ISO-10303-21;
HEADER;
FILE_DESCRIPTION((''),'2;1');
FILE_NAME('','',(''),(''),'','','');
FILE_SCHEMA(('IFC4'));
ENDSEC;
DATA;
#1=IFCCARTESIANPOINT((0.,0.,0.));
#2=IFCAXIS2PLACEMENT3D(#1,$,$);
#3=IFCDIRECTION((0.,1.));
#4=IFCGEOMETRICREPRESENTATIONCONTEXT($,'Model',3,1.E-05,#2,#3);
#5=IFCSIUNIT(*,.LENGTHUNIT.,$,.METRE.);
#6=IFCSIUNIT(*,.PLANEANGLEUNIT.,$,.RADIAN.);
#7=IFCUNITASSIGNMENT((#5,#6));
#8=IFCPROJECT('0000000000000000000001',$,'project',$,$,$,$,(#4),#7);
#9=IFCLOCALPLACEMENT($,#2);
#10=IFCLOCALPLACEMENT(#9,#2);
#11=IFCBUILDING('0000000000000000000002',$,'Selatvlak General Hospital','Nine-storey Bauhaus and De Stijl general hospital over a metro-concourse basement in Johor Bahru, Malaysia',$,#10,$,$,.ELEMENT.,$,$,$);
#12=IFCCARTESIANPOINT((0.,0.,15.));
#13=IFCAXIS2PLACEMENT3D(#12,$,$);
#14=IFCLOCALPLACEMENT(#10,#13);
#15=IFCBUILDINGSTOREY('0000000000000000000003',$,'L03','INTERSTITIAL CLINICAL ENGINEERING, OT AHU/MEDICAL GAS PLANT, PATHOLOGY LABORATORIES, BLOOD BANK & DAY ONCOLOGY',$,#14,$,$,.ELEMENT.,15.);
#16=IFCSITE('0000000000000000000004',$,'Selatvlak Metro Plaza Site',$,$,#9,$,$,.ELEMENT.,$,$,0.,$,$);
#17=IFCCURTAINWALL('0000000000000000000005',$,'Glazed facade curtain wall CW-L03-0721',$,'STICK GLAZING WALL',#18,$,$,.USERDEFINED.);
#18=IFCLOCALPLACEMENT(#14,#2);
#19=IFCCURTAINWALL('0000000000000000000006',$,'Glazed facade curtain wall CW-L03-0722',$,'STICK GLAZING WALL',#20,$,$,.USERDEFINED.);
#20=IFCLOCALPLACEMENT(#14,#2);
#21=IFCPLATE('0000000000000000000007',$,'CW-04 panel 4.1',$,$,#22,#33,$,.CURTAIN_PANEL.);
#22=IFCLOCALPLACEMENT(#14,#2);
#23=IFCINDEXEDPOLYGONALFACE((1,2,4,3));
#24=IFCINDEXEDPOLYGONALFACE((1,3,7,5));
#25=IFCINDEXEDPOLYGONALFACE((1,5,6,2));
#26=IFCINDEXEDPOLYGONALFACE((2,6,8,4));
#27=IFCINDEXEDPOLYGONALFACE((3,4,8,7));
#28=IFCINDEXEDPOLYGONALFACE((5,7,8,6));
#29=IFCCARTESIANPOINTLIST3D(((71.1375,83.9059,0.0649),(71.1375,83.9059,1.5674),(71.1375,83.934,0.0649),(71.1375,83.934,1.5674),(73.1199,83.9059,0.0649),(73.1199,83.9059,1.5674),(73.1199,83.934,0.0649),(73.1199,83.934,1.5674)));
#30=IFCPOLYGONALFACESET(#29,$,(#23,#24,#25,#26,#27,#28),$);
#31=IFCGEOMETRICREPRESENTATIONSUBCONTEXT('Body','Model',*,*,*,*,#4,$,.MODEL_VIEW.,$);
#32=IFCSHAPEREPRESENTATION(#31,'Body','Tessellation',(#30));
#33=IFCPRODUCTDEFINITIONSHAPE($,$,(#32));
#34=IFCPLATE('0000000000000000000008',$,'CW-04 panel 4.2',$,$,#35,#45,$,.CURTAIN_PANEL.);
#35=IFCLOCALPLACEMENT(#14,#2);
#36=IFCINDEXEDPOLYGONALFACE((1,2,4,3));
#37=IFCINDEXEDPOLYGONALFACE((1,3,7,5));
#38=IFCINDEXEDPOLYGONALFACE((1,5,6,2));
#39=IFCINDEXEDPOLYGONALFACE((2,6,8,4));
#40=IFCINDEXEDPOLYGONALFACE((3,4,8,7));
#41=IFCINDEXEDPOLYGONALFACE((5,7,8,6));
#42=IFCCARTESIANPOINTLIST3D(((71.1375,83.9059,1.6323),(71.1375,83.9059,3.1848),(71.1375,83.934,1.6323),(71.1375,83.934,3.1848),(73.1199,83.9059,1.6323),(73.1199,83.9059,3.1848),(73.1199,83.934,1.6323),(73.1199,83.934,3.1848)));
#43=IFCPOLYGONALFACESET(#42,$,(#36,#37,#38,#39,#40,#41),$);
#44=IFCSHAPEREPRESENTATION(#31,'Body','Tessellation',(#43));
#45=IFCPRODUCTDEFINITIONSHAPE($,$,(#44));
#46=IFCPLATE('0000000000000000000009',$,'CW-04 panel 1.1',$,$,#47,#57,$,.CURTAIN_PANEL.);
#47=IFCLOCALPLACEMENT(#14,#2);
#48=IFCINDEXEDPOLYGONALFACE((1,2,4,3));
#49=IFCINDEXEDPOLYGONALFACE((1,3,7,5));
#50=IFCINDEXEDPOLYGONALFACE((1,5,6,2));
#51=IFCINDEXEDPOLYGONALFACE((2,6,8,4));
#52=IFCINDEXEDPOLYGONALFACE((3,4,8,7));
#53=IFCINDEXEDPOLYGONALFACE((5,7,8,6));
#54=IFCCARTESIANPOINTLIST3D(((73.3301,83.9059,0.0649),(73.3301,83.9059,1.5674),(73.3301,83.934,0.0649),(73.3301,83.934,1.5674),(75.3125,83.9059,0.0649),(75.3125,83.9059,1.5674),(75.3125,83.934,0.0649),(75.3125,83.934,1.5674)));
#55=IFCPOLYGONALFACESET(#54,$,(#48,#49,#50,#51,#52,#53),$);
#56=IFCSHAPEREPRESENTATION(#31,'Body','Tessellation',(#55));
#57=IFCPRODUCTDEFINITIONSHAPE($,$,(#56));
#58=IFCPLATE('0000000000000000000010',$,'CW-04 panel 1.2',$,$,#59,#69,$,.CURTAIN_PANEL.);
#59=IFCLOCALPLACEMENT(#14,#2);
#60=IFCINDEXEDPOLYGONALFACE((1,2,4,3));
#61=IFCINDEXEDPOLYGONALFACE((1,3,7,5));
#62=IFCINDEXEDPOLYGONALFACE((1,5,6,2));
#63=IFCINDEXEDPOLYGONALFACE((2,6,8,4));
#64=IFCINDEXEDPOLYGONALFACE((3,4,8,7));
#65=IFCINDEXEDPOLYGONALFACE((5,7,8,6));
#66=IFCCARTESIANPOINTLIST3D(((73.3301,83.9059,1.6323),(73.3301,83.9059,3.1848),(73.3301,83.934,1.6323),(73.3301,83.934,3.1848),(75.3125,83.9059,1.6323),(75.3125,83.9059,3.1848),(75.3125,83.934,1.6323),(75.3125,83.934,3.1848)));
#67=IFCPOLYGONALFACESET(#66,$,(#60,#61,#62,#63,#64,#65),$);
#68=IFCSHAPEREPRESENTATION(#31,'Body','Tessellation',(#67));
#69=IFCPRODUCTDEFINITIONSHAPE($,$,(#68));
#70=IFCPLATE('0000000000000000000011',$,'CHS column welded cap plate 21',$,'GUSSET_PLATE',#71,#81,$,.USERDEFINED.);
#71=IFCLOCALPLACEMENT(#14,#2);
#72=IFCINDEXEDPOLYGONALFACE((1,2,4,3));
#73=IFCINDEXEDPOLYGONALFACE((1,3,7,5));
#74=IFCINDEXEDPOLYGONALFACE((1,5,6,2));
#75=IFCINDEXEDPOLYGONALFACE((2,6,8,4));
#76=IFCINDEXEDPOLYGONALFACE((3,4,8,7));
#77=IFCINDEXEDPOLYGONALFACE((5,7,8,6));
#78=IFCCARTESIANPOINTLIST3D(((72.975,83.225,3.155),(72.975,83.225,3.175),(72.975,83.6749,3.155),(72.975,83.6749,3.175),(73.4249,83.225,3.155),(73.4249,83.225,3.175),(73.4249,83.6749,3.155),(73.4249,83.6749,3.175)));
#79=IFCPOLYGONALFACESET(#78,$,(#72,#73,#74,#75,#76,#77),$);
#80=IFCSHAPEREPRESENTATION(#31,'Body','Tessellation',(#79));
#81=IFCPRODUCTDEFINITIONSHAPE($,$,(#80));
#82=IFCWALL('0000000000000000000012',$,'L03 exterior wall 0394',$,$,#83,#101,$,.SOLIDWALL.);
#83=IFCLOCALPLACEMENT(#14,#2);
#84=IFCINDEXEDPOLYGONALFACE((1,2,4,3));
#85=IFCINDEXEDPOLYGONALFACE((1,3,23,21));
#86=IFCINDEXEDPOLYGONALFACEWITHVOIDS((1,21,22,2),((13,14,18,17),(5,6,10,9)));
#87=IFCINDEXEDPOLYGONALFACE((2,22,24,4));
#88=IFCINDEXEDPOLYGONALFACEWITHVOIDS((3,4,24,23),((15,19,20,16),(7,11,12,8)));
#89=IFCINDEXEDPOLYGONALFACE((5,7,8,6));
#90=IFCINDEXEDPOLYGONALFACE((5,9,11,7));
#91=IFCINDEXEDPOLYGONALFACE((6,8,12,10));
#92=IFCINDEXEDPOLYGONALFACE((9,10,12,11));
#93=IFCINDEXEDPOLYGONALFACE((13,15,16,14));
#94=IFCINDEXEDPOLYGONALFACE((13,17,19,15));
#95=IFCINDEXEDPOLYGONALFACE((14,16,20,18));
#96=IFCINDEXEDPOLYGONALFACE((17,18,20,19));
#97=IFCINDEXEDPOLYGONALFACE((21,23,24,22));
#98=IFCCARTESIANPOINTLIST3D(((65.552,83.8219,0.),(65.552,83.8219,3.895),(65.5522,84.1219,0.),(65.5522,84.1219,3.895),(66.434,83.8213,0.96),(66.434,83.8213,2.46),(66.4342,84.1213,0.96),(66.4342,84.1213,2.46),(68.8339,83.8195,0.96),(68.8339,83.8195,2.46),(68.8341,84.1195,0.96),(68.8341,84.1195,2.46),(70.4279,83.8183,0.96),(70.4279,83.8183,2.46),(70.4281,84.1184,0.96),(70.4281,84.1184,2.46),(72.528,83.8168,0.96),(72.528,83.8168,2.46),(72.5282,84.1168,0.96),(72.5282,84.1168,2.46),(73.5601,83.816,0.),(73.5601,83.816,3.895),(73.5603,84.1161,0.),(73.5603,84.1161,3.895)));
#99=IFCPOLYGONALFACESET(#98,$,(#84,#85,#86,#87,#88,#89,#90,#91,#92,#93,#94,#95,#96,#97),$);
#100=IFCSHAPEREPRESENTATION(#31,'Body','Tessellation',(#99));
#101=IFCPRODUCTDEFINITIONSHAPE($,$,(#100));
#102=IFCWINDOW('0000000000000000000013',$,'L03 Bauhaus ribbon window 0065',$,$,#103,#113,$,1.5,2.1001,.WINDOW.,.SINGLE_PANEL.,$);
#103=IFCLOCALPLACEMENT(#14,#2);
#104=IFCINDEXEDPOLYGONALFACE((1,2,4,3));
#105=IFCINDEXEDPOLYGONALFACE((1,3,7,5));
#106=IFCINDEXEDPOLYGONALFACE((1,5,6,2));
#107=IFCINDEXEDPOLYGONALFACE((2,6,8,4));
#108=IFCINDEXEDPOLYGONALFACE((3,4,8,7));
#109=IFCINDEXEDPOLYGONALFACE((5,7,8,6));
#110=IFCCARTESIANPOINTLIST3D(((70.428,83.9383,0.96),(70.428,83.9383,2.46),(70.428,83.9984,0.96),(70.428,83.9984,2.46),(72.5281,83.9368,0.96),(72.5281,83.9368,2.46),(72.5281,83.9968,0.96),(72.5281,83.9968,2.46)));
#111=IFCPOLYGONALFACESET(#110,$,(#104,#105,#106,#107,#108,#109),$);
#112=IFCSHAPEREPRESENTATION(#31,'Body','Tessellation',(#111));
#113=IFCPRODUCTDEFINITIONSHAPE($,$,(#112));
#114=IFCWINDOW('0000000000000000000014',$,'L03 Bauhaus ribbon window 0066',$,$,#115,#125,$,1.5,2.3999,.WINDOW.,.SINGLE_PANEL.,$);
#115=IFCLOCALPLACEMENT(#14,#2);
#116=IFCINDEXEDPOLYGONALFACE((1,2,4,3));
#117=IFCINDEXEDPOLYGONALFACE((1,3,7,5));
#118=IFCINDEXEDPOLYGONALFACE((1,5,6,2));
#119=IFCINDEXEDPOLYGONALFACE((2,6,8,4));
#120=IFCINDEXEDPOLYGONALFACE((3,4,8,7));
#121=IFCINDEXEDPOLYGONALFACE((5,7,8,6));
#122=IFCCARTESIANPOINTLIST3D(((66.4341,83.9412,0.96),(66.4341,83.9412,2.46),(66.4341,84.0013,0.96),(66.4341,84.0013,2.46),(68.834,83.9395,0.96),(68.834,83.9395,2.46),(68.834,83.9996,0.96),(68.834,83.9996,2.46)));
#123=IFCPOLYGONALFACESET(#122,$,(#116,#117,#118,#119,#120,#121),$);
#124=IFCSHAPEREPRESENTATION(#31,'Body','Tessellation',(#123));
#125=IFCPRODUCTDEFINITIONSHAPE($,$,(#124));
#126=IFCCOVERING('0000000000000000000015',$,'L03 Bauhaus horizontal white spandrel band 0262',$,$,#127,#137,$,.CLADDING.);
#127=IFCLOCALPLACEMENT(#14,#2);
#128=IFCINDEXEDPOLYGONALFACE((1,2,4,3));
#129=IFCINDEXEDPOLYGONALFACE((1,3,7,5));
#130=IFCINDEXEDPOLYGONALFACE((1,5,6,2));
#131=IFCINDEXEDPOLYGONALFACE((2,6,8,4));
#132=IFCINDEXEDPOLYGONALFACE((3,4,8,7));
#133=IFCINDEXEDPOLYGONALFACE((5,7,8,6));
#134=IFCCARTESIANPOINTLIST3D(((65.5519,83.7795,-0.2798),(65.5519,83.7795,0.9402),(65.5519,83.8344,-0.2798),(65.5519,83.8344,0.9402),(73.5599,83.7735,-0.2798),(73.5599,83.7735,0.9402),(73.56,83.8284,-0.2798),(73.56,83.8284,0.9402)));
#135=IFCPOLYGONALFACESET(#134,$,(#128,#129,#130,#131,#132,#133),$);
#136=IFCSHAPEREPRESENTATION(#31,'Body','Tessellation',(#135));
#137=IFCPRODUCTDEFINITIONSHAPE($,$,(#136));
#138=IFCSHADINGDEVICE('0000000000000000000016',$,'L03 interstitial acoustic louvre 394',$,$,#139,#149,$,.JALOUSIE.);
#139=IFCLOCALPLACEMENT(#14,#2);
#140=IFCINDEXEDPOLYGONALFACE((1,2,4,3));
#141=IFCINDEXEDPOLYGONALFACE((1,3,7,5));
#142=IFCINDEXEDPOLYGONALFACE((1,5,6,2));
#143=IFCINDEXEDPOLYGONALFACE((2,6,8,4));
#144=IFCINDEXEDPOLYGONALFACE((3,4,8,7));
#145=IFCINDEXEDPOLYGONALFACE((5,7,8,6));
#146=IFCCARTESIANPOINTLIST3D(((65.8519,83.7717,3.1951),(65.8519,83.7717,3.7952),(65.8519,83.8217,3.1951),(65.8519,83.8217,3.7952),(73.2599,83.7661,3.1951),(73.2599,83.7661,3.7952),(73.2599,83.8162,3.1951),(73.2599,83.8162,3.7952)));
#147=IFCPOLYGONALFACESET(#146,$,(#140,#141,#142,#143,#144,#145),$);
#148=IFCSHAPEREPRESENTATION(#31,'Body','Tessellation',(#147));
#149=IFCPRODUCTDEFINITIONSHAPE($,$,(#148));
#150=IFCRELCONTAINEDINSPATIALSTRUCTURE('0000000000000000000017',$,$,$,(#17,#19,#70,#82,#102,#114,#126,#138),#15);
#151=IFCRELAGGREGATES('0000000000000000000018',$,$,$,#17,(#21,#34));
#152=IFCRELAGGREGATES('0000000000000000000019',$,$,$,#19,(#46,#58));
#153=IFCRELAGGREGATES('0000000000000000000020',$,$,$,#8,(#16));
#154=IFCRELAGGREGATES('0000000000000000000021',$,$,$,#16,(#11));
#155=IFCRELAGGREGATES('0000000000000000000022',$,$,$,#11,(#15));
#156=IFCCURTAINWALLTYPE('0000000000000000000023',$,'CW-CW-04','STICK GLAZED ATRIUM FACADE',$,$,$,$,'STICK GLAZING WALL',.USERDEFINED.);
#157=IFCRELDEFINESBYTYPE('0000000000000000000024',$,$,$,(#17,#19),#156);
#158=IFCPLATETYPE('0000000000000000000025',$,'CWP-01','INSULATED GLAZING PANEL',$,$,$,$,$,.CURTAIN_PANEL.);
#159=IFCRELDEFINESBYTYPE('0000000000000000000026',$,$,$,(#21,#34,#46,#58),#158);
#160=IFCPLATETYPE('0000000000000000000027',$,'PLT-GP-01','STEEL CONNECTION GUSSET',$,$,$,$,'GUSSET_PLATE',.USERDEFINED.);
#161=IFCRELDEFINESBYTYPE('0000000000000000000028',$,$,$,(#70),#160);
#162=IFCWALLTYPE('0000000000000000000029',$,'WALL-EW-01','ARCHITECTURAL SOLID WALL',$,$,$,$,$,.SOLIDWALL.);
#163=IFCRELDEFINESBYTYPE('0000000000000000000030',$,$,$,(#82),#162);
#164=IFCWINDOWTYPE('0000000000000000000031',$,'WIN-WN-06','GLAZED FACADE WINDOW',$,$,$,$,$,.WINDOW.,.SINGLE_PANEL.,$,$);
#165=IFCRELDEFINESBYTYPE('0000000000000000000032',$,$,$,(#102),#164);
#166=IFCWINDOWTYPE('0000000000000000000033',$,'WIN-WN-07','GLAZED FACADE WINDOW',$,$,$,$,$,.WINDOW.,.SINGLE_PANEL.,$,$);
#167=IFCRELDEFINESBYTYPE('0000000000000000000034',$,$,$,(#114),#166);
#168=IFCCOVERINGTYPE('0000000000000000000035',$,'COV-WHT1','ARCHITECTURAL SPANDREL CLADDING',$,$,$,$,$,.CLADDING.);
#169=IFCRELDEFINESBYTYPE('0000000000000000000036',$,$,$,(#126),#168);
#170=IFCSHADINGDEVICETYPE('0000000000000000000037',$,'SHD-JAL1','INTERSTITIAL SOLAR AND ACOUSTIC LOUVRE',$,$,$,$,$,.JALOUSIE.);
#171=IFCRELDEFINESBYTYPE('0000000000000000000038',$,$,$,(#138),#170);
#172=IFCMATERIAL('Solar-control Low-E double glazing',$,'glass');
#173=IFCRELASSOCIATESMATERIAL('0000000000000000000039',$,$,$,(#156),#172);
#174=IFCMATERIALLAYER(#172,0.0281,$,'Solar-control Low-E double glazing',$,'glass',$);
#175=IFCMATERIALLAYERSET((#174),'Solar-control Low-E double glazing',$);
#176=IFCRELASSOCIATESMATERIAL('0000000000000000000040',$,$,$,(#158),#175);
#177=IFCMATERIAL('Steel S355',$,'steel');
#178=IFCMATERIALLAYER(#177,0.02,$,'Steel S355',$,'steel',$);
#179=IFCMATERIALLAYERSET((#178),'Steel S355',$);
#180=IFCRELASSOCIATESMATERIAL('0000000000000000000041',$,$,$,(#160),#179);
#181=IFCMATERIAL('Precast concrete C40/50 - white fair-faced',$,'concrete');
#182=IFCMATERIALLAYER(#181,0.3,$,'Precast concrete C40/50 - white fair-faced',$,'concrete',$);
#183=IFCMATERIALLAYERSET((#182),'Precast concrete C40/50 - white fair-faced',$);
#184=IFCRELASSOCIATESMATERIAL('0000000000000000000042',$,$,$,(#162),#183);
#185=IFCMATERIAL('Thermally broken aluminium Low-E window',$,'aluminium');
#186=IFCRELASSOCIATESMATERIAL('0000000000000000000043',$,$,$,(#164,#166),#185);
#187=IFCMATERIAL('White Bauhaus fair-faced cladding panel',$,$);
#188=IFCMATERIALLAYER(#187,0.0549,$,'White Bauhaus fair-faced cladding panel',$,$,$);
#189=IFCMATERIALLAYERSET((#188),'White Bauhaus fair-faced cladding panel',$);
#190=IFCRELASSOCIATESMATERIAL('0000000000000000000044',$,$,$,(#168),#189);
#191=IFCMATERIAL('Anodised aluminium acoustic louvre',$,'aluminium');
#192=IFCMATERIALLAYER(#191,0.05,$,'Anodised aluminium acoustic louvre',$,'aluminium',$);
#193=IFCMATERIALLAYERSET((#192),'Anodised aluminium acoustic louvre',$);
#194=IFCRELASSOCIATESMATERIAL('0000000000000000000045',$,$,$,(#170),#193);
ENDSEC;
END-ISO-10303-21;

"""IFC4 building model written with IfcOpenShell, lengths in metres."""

from ifc_helpers import new_model, si_unit, direction, frame, frame_2d, origin, origin_2d, place, context, subcontext, project, spatial, rectangle, extrude, material, layer, layer_set, type_object, element, fill, aggregate, save


model = new_model("IFC4")

# Units and contexts
model_context = context("Model", 3, precision=1e-05, world=origin(), true_north=direction((0.0, 1.0)))
body_context = subcontext(model_context, "Body", "Model", "MODEL_VIEW")
ifc_project = project(units=[si_unit("LENGTHUNIT", "METRE"), si_unit("PLANEANGLEUNIT", "RADIAN")], contexts=[model_context])

# Site, building, storey
site_placement = place(None, origin())
site = spatial("IfcSite", under=ifc_project, at=site_placement, Name="Selatvlak Metro Plaza Site", CompositionType="ELEMENT", RefElevation=0.0)
building_placement = place(site_placement, origin())
building = spatial("IfcBuilding", under=site, at=building_placement, Name="Selatvlak General Hospital", Description="Nine-storey Bauhaus and De Stijl general hospital over a metro-concourse basement in Johor Bahru, Malaysia", CompositionType="ELEMENT")
storey_placement = place(building_placement, frame((0.0, 0.0, 15.0)))
storey = spatial("IfcBuildingStorey", under=building, at=storey_placement, Name="L03", Description="INTERSTITIAL CLINICAL ENGINEERING, OT AHU/MEDICAL GAS PLANT, PATHOLOGY LABORATORIES, BLOOD BANK & DAY ONCOLOGY", CompositionType="ELEMENT", Elevation=15.0)

# Shared definitions
ifc_material_1 = material(Name="Steel S355", Category="steel")

# Curtain walls
ifc_material_2 = material(Name="Solar-control Low-E double glazing", Category="glass")
curtain_wall_type = type_object("IfcCurtainWallType", Name="CW-CW-04", Description="STICK GLAZED ATRIUM FACADE", ElementType="STICK GLAZING WALL", PredefinedType="USERDEFINED", material=ifc_material_2)
curtain_wall_1_placement = place(storey_placement, origin())
curtain_wall_1 = element("IfcCurtainWall", 1, at=curtain_wall_1_placement, inside=storey, type_object=curtain_wall_type, Name="Glazed facade curtain wall CW-L03-0721", ObjectType="STICK GLAZING WALL", PredefinedType="USERDEFINED")
curtain_wall_2_placement = place(storey_placement, origin())
curtain_wall_2 = element("IfcCurtainWall", 2, at=curtain_wall_2_placement, inside=storey, type_object=curtain_wall_type, Name="Glazed facade curtain wall CW-L03-0722", ObjectType="STICK GLAZING WALL", PredefinedType="USERDEFINED")

# Plates
ifc_layer_1 = layer(ifc_material_2, 0.0281, Name="Solar-control Low-E double glazing", Category="glass")
ifc_layer_set_1 = layer_set([ifc_layer_1], Name="Solar-control Low-E double glazing")
plate_type_1 = type_object("IfcPlateType", Name="CWP-01", Description="INSULATED GLAZING PANEL", PredefinedType="CURTAIN_PANEL", material=ifc_layer_set_1)
plate_1_placement = place(storey_placement, frame((72.1287, 83.9199, 0.0649), z_axis=(0.0, 0.0, 1.0), x_axis=(1.0, 0.0, 0.0)))
plate_1 = element("IfcPlate", 3, at=plate_1_placement, type_object=plate_type_1, Name="CW-04 panel 4.1", PredefinedType="CURTAIN_PANEL", context=body_context, shape_type="SweptSolid", body=[
    extrude(rectangle(XDim=1.9824, YDim=0.0281, at=origin_2d()), origin(), (0.0, 0.0, 1.0), 1.5024),
])
plate_2_placement = place(storey_placement, frame((72.1287, 83.9199, 1.6323), z_axis=(0.0, 0.0, 1.0), x_axis=(1.0, 0.0, 0.0)))
plate_2 = element("IfcPlate", 4, at=plate_2_placement, type_object=plate_type_1, Name="CW-04 panel 4.2", PredefinedType="CURTAIN_PANEL", context=body_context, shape_type="SweptSolid", body=[
    extrude(rectangle(XDim=1.9824, YDim=0.0281, at=origin_2d()), origin(), (0.0, 0.0, 1.0), 1.5525),
])
aggregate(curtain_wall_1, [plate_1, plate_2])
plate_3_placement = place(storey_placement, frame((74.3213, 83.9199, 0.0649), z_axis=(0.0, 0.0, 1.0), x_axis=(1.0, 0.0, 0.0)))
plate_3 = element("IfcPlate", 5, at=plate_3_placement, type_object=plate_type_1, Name="CW-04 panel 1.1", PredefinedType="CURTAIN_PANEL", context=body_context, shape_type="SweptSolid", body=[
    extrude(rectangle(XDim=1.9824, YDim=0.0281, at=origin_2d()), origin(), (0.0, 0.0, 1.0), 1.5024),
])
plate_4_placement = place(storey_placement, frame((74.3213, 83.9199, 1.6323), z_axis=(0.0, 0.0, 1.0), x_axis=(1.0, 0.0, 0.0)))
plate_4 = element("IfcPlate", 6, at=plate_4_placement, type_object=plate_type_1, Name="CW-04 panel 1.2", PredefinedType="CURTAIN_PANEL", context=body_context, shape_type="SweptSolid", body=[
    extrude(rectangle(XDim=1.9824, YDim=0.0281, at=origin_2d()), origin(), (0.0, 0.0, 1.0), 1.5525),
])
aggregate(curtain_wall_2, [plate_3, plate_4])
ifc_layer_2 = layer(ifc_material_1, 0.02, Name="Steel S355", Category="steel")
ifc_layer_set_2 = layer_set([ifc_layer_2], Name="Steel S355")
plate_type_2 = type_object("IfcPlateType", Name="PLT-GP-01", Description="STEEL CONNECTION GUSSET", ElementType="GUSSET_PLATE", PredefinedType="USERDEFINED", material=ifc_layer_set_2)
plate_5_placement = place(storey_placement, frame((73.2, 83.45, 3.155), z_axis=(0.0, 0.0, 1.0), x_axis=(1.0, 0.0, 0.0)))
element("IfcPlate", 7, at=plate_5_placement, inside=storey, type_object=plate_type_2, Name="CHS column welded cap plate 21", ObjectType="GUSSET_PLATE", PredefinedType="USERDEFINED", context=body_context, shape_type="SweptSolid", body=[
    extrude(rectangle(XDim=0.45, YDim=0.45, at=origin_2d()), origin(), (0.0, 0.0, 1.0), 0.02),
])

# Wall, openings, windows
ifc_material_3 = material(Name="Precast concrete C40/50 - white fair-faced", Category="concrete")
ifc_layer_3 = layer(ifc_material_3, 0.3, Name="Precast concrete C40/50 - white fair-faced", Category="concrete")
ifc_layer_set_3 = layer_set([ifc_layer_3], Name="Precast concrete C40/50 - white fair-faced")
wall_type = type_object("IfcWallType", Name="WALL-EW-01", Description="ARCHITECTURAL SOLID WALL", PredefinedType="SOLIDWALL", material=ifc_layer_set_3)
wall_placement = place(storey_placement, frame((73.5601, 83.9661, 0.0), z_axis=(0.0, 0.0, 1.0), x_axis=(-1.0, 0.000732, 0.0)))
wall = element("IfcWall", 8, at=wall_placement, inside=storey, type_object=wall_type, Name="L03 exterior wall 0394", PredefinedType="SOLIDWALL", context=body_context, shape_type="SweptSolid", body=[
    extrude(rectangle(XDim=8.0081, YDim=0.3, at=frame_2d((4.0039, 0.0))), origin(), (0.0, 0.0, 1.0), 3.895),
])
opening_1_placement = place(wall_placement, frame((1.032, 0.0, 0.96)))
opening_1 = element("IfcOpeningElement", 9, at=opening_1_placement, cuts=wall, PredefinedType="OPENING", context=body_context, shape_type="SweptSolid", body=[
    extrude(rectangle(XDim=2.1001, YDim=1.5, at=frame_2d((1.05, 0.75))), frame((0.0, 0.1599, 0.0), z_axis=(0.0, -1.0, 0.0), x_axis=(1.0, 0.0, 0.0)), (0.0, 0.0, 1.0), 0.3201),
])
opening_2_placement = place(wall_placement, frame((4.7261, 0.0, 0.96)))
opening_2 = element("IfcOpeningElement", 10, at=opening_2_placement, cuts=wall, PredefinedType="OPENING", context=body_context, shape_type="SweptSolid", body=[
    extrude(rectangle(XDim=2.3999, YDim=1.5, at=frame_2d((1.2, 0.75))), frame((0.0, 0.1599, 0.0), z_axis=(0.0, -1.0, 0.0), x_axis=(1.0, 0.0, 0.0)), (0.0, 0.0, 1.0), 0.3201),
])
ifc_material_4 = material(Name="Thermally broken aluminium Low-E window", Category="aluminium")
window_type_1 = type_object("IfcWindowType", Name="WIN-WN-06", Description="GLAZED FACADE WINDOW", PartitioningType="SINGLE_PANEL", PredefinedType="WINDOW", material=ifc_material_4)
window_1_placement = place(opening_1_placement, origin())
window_1 = element("IfcWindow", 11, at=window_1_placement, inside=storey, type_object=window_type_1, Name="L03 Bauhaus ribbon window 0065", OverallHeight=1.5, OverallWidth=2.1001, PartitioningType="SINGLE_PANEL", PredefinedType="WINDOW", context=body_context, shape_type="SweptSolid", body=[
    extrude(rectangle(XDim=2.1001, YDim=1.5, at=frame_2d((1.05, 0.75))), frame((0.0, 0.03, 0.0), z_axis=(0.0, -1.0, 0.0), x_axis=(1.0, 0.0, 0.0)), (0.0, 0.0, 1.0), 0.0601),
])
fill(opening_1, window_1)
window_type_2 = type_object("IfcWindowType", Name="WIN-WN-07", Description="GLAZED FACADE WINDOW", PartitioningType="SINGLE_PANEL", PredefinedType="WINDOW", material=ifc_material_4)
window_2_placement = place(opening_2_placement, origin())
window_2 = element("IfcWindow", 12, at=window_2_placement, inside=storey, type_object=window_type_2, Name="L03 Bauhaus ribbon window 0066", OverallHeight=1.5, OverallWidth=2.3999, PartitioningType="SINGLE_PANEL", PredefinedType="WINDOW", context=body_context, shape_type="SweptSolid", body=[
    extrude(rectangle(XDim=2.3999, YDim=1.5, at=frame_2d((1.2, 0.75))), frame((0.0, 0.03, 0.0), z_axis=(0.0, -1.0, 0.0), x_axis=(1.0, 0.0, 0.0)), (0.0, 0.0, 1.0), 0.0601),
])
fill(opening_2, window_2)

# Covering
ifc_material_5 = material(Name="White Bauhaus fair-faced cladding panel")
ifc_layer_4 = layer(ifc_material_5, 0.0549, Name="White Bauhaus fair-faced cladding panel")
ifc_layer_set_4 = layer_set([ifc_layer_4], Name="White Bauhaus fair-faced cladding panel")
covering_type = type_object("IfcCoveringType", Name="COV-WHT1", Description="ARCHITECTURAL SPANDREL CLADDING", PredefinedType="CLADDING", material=ifc_layer_set_4)
covering_placement = place(storey_placement, frame((69.5559, 83.804, -0.2798), z_axis=(0.0, 0.0, 1.0), x_axis=(-1.0, 0.00075, 0.0)))
element("IfcCovering", 13, at=covering_placement, inside=storey, type_object=covering_type, Name="L03 Bauhaus horizontal white spandrel band 0262", PredefinedType="CLADDING", context=body_context, shape_type="SweptSolid", body=[
    extrude(rectangle(XDim=8.0081, YDim=0.0549, at=origin_2d()), origin(), (0.0, 0.0, 1.0), 1.22),
])

# Shading device
ifc_material_6 = material(Name="Anodised aluminium acoustic louvre", Category="aluminium")
ifc_layer_5 = layer(ifc_material_6, 0.05, Name="Anodised aluminium acoustic louvre", Category="aluminium")
ifc_layer_set_5 = layer_set([ifc_layer_5], Name="Anodised aluminium acoustic louvre")
shading_device_type = type_object("IfcShadingDeviceType", Name="SHD-JAL1", Description="INTERSTITIAL SOLAR AND ACOUSTIC LOUVRE", PredefinedType="JALOUSIE", material=ifc_layer_set_5)
shading_device_placement = place(storey_placement, frame((69.5559, 83.7939, 3.1951), z_axis=(0.0, 0.0, 1.0), x_axis=(-1.0, 0.00075, 0.0)))
element("IfcShadingDevice", 14, at=shading_device_placement, inside=storey, type_object=shading_device_type, Name="L03 interstitial acoustic louvre 394", PredefinedType="JALOUSIE", context=body_context, shape_type="SweptSolid", body=[
    extrude(rectangle(XDim=7.408, YDim=0.05, at=origin_2d()), origin(), (0.0, 0.0, 1.0), 0.6001),
])

save(model, "model.ifc")
